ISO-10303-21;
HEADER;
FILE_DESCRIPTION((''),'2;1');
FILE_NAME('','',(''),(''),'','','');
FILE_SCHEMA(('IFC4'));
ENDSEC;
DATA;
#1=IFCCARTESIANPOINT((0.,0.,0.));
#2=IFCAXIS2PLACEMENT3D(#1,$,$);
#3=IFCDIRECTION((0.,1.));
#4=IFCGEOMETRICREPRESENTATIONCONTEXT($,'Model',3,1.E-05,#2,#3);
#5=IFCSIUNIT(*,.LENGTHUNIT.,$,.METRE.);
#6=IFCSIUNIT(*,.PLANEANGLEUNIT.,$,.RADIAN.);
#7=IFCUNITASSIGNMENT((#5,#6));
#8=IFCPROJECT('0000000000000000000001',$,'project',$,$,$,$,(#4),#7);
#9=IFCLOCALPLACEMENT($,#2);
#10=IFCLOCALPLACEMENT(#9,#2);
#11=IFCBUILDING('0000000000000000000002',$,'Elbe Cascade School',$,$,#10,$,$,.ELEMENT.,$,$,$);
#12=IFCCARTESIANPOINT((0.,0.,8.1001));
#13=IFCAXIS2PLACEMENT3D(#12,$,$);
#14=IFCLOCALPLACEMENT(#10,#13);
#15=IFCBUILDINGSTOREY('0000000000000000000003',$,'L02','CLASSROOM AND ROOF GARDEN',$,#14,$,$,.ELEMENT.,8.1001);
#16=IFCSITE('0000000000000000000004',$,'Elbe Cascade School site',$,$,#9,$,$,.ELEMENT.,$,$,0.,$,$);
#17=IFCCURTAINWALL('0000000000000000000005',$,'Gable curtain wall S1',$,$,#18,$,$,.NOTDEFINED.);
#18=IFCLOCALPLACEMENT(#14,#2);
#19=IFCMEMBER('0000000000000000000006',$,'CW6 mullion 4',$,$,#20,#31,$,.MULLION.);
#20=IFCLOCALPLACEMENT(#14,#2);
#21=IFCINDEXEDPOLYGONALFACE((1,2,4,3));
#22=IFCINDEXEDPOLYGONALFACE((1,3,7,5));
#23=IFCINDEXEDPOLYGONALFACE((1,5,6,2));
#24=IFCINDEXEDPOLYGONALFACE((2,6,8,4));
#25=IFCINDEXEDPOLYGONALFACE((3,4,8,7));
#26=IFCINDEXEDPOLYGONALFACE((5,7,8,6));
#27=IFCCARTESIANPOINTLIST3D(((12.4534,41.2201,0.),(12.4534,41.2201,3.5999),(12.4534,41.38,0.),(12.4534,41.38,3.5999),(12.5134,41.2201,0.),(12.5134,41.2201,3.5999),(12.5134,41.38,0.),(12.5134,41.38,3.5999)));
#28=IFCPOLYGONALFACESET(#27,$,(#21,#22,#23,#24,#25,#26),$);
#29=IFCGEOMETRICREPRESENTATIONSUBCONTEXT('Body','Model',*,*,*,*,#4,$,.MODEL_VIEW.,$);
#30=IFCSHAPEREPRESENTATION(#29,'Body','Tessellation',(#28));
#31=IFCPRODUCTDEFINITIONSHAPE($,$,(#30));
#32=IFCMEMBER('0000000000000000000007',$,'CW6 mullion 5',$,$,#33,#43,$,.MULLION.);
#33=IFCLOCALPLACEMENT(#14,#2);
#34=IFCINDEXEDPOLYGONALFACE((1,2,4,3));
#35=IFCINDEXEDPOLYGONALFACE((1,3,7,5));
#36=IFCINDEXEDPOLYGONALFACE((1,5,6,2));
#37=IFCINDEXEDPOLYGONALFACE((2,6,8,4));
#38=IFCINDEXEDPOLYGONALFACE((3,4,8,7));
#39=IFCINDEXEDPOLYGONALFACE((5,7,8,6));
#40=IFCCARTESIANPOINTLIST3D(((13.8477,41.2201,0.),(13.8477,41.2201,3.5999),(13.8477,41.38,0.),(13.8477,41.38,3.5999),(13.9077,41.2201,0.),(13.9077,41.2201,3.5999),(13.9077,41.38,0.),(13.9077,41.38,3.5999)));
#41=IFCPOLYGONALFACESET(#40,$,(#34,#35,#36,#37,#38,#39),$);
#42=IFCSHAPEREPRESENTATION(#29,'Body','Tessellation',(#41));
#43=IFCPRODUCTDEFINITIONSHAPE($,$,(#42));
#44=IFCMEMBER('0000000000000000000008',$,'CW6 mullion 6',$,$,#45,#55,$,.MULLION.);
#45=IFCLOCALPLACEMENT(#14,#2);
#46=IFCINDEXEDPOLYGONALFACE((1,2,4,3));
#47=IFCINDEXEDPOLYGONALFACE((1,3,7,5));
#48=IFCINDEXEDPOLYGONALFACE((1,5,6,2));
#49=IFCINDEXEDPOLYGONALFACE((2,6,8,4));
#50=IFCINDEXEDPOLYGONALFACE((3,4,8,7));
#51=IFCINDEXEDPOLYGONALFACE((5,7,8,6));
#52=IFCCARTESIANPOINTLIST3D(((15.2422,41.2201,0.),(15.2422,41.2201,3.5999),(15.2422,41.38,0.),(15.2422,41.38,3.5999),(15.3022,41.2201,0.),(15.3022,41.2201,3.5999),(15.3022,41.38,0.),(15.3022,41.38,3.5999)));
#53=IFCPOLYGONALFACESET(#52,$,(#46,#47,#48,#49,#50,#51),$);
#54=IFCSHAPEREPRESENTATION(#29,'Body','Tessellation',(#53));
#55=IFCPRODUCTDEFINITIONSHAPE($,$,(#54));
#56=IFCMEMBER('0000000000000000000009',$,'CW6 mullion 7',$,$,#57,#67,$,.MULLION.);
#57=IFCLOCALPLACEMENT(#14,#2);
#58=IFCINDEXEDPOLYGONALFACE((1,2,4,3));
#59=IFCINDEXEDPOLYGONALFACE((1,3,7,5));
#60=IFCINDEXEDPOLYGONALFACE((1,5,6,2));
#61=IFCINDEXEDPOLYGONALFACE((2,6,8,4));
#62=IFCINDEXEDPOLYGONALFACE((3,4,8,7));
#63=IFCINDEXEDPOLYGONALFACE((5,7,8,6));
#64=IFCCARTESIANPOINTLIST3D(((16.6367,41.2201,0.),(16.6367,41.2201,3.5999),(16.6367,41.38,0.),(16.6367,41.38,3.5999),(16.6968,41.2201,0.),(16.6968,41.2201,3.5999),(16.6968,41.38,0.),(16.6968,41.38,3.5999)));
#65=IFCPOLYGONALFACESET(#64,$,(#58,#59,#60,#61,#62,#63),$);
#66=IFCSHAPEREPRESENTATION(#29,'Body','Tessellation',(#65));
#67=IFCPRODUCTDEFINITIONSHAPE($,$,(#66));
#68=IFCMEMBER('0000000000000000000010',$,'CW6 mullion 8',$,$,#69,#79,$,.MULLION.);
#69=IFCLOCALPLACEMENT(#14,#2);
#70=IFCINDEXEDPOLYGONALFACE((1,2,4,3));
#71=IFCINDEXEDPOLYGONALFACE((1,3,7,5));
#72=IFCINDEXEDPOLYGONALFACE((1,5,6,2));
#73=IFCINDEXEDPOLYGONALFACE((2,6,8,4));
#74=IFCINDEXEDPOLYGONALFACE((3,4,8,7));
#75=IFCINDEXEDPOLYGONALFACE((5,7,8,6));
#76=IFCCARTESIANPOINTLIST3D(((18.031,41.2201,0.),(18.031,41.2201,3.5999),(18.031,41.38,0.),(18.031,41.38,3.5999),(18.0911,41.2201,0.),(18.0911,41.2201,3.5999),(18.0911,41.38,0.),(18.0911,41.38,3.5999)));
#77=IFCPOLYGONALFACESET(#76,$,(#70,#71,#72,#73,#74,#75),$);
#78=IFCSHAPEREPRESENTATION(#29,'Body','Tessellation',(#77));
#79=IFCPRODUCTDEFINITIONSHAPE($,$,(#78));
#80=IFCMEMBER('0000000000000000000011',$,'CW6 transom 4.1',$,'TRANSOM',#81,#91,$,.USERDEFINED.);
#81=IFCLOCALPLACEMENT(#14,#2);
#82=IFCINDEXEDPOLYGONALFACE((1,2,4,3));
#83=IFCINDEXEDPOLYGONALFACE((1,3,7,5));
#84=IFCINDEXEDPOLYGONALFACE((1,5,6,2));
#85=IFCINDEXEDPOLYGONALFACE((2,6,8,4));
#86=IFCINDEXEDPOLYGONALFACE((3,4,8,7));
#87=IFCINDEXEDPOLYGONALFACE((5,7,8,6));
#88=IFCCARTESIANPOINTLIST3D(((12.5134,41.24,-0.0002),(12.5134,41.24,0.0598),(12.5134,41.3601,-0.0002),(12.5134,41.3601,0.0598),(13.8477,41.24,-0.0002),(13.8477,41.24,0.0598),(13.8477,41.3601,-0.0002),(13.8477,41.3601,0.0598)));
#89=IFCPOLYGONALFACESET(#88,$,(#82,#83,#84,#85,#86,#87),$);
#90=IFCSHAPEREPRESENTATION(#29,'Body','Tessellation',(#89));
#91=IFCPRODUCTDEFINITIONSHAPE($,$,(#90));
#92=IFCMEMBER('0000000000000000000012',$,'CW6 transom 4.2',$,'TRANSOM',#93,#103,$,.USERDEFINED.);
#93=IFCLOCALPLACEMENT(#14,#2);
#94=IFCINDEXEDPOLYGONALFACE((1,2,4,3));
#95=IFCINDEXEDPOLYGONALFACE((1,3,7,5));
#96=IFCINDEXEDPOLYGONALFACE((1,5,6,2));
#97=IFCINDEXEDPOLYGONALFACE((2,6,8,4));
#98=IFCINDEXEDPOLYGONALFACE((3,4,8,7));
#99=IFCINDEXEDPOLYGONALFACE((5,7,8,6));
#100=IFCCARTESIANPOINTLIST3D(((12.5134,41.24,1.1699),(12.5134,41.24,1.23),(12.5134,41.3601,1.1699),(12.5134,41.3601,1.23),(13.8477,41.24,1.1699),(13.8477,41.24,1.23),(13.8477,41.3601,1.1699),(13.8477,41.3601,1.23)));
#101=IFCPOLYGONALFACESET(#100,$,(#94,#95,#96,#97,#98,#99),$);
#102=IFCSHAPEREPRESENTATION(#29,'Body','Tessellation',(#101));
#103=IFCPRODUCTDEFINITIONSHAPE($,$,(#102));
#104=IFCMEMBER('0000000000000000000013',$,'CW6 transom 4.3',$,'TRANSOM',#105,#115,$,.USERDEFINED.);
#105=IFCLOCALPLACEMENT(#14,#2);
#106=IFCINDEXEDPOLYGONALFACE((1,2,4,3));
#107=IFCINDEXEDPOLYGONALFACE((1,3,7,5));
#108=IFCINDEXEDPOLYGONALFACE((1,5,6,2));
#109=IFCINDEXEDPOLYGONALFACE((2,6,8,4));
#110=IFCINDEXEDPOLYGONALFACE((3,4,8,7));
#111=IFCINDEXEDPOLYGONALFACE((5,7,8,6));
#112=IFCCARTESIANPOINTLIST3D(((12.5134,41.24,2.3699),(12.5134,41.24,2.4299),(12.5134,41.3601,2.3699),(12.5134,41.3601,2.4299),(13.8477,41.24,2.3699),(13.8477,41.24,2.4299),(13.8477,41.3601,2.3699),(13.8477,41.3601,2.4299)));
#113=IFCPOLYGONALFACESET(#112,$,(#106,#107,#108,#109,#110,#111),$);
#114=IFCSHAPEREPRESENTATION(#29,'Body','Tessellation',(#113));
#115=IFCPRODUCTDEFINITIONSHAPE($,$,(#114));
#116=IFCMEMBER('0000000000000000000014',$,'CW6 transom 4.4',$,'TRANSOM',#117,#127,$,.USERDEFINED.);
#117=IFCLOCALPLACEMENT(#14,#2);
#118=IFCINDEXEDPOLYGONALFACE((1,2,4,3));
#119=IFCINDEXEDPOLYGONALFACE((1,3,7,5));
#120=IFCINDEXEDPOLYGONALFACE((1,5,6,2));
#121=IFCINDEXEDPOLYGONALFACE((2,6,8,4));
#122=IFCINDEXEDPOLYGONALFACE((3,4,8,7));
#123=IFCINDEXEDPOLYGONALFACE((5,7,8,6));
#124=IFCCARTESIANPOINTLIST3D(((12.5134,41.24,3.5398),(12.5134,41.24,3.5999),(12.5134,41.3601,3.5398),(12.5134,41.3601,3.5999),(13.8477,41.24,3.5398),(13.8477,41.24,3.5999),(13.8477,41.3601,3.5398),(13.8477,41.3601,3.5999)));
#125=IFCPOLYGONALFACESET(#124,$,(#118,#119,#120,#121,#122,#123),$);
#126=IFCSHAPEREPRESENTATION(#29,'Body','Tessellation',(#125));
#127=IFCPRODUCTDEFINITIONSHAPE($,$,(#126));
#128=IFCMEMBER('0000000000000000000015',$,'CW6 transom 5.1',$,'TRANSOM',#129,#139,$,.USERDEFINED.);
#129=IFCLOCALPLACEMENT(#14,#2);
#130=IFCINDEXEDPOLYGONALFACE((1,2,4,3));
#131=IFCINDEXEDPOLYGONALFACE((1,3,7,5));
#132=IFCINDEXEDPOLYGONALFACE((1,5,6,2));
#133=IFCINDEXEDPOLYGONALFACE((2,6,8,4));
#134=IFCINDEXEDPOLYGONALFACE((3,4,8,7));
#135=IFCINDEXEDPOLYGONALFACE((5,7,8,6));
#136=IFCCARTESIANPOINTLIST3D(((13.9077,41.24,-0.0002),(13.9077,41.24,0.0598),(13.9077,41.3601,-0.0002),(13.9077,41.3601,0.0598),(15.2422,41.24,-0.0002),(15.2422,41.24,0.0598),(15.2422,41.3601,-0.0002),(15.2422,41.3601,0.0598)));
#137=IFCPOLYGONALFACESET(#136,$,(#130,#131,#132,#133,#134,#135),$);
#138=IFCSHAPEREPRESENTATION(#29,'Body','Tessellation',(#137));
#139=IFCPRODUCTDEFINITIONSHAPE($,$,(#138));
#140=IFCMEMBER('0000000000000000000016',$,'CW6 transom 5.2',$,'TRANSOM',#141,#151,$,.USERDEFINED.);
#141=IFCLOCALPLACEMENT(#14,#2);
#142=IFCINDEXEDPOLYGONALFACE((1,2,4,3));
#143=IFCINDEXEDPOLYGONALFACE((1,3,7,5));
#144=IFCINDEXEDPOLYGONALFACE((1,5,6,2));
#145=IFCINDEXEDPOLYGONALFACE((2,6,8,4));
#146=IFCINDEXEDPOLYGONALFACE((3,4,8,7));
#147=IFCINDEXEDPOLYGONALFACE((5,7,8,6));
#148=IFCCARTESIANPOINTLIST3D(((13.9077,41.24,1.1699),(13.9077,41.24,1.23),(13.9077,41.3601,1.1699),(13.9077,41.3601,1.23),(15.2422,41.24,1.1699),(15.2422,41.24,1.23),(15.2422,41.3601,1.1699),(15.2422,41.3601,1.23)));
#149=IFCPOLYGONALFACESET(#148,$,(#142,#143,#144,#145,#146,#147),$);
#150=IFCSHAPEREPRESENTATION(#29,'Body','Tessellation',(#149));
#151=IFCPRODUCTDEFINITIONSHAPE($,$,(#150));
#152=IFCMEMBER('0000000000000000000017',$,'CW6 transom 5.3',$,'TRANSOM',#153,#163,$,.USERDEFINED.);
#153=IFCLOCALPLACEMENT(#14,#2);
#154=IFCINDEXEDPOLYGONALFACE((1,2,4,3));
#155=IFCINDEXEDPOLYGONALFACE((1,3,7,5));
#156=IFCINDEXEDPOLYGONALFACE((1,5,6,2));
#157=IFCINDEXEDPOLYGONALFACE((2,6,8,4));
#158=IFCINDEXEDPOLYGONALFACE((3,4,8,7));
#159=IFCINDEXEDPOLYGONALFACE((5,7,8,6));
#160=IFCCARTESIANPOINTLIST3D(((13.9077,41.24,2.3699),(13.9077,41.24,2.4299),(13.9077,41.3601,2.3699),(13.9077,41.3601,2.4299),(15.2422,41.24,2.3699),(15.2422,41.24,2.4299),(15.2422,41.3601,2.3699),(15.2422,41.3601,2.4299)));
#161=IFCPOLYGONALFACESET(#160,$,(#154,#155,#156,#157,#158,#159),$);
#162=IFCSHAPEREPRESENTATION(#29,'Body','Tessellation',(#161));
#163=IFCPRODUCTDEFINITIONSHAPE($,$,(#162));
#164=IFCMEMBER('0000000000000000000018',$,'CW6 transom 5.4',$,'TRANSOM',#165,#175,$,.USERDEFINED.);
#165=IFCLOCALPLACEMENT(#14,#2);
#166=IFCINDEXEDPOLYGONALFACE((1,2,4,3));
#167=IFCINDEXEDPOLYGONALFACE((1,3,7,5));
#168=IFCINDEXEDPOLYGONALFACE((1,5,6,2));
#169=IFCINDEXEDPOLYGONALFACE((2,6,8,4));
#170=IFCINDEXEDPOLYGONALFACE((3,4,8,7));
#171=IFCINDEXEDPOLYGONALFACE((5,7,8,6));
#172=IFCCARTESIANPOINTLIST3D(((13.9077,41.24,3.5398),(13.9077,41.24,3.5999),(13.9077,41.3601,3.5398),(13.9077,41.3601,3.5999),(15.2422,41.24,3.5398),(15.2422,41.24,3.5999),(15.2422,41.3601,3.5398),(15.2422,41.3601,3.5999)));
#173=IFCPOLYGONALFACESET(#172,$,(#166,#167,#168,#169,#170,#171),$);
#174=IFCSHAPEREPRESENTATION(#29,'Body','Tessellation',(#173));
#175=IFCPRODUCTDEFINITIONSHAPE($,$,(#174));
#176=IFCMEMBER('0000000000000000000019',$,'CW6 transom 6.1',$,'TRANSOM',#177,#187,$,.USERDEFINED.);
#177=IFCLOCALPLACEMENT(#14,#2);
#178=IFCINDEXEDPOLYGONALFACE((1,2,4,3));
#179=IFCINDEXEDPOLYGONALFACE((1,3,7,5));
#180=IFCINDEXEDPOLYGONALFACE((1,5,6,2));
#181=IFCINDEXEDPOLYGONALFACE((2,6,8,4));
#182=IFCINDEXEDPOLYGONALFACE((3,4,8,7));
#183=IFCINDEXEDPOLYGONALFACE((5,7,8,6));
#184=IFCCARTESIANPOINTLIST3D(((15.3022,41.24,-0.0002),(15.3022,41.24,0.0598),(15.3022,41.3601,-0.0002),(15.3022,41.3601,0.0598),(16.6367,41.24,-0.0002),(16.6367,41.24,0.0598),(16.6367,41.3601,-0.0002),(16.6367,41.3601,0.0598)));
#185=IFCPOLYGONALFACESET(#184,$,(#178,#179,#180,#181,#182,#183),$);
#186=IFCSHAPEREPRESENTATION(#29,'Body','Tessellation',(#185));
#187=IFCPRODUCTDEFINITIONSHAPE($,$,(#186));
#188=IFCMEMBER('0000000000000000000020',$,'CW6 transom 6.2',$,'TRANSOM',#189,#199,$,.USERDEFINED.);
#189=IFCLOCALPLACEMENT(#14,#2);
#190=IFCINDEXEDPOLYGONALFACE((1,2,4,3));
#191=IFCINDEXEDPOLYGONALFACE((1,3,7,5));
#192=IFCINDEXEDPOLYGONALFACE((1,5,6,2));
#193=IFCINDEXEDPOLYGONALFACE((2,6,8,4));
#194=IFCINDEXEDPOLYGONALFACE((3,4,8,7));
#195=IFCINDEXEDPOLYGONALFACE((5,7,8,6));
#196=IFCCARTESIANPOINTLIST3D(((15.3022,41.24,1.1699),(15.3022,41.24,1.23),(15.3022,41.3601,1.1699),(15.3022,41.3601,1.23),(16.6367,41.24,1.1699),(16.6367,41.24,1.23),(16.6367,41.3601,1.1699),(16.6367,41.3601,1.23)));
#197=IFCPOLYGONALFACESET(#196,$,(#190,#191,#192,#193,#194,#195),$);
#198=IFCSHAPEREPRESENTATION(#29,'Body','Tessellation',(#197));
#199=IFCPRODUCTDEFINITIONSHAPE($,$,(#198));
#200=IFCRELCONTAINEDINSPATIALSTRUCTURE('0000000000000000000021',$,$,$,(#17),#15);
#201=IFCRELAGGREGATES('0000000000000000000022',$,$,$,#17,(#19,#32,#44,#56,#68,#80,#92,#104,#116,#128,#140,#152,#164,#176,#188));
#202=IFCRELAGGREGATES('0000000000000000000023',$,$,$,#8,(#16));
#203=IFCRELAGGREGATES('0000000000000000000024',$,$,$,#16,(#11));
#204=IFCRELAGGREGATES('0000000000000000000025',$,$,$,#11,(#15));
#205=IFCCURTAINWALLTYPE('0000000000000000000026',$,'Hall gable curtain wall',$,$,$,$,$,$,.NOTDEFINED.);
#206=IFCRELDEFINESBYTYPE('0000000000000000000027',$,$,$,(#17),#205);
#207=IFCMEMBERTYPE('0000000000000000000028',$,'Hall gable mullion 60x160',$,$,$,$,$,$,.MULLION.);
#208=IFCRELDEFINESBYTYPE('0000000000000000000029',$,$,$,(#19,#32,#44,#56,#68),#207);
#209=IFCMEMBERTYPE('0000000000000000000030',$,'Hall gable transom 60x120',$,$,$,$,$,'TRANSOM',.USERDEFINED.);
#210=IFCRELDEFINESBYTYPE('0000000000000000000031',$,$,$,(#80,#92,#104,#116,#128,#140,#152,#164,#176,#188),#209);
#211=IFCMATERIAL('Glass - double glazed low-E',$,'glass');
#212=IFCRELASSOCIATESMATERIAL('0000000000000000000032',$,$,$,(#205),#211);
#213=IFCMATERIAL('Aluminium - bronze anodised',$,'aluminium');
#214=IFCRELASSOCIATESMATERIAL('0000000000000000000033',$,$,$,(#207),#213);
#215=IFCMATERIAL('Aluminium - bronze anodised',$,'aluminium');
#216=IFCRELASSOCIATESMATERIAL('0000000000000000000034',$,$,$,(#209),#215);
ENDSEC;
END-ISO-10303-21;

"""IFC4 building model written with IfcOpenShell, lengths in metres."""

from ifc_helpers import new_model, si_unit, direction, frame, origin, origin_2d, place, context, subcontext, project, spatial, rectangle, extrude, material, material_profile, profile_set, type_object, element, aggregate, save


model = new_model("IFC4")

# Units and contexts
model_context = context("Model", 3, precision=1e-05, world=origin(), true_north=direction((0.0, 1.0)))
body_context = subcontext(model_context, "Body", "Model", "MODEL_VIEW")
ifc_project = project(units=[si_unit("LENGTHUNIT", "METRE"), si_unit("PLANEANGLEUNIT", "RADIAN")], contexts=[model_context])

# Site, building, storey
site_placement = place(None, origin())
site = spatial("IfcSite", under=ifc_project, at=site_placement, Name="Elbe Cascade School site", CompositionType="ELEMENT", RefElevation=0.0)
building_placement = place(site_placement, origin())
building = spatial("IfcBuilding", under=site, at=building_placement, Name="Elbe Cascade School", CompositionType="ELEMENT")
storey_placement = place(building_placement, frame((0.0, 0.0, 8.1001)))
storey = spatial("IfcBuildingStorey", under=building, at=storey_placement, Name="L02", Description="CLASSROOM AND ROOF GARDEN", CompositionType="ELEMENT", Elevation=8.1001)

# Curtain wall, members
ifc_material_1 = material(Name="Glass - double glazed low-E", Category="glass")
curtain_wall_type = type_object("IfcCurtainWallType", Name="Hall gable curtain wall", PredefinedType="NOTDEFINED", material=ifc_material_1)
curtain_wall_placement = place(storey_placement, origin())
curtain_wall = element("IfcCurtainWall", 1, at=curtain_wall_placement, inside=storey, type_object=curtain_wall_type, Name="Gable curtain wall S1", PredefinedType="NOTDEFINED")
ifc_material_2 = material(Name="Aluminium - bronze anodised", Category="aluminium")
ifc_material_profile_1 = material_profile(ifc_material_2, rectangle(XDim=0.1599, YDim=0.0601, at=origin_2d()), Name="Alu 60x160")
ifc_profile_set_1 = profile_set([ifc_material_profile_1], Name="Aluminium - bronze anodised")
member_type_1 = type_object("IfcMemberType", Name="Hall gable mullion 60x160", PredefinedType="MULLION", material=ifc_profile_set_1)
member_1_placement = place(storey_placement, frame((12.4834, 41.3, 0.0), z_axis=(0.0, 0.0, 1.0), x_axis=(0.0, 1.0, 0.0)))
member_1 = element("IfcMember", 2, at=member_1_placement, type_object=member_type_1, Name="CW6 mullion 4", PredefinedType="MULLION", context=body_context, shape_type="SweptSolid", body=[
    extrude(rectangle(XDim=0.1599, YDim=0.0601, at=origin_2d()), origin(), (0.0, 0.0, 1.0), 3.5999),
])
member_2_placement = place(storey_placement, frame((13.8777, 41.3, 0.0), z_axis=(0.0, 0.0, 1.0), x_axis=(0.0, 1.0, 0.0)))
member_2 = element("IfcMember", 3, at=member_2_placement, type_object=member_type_1, Name="CW6 mullion 5", PredefinedType="MULLION", context=body_context, shape_type="SweptSolid", body=[
    extrude(rectangle(XDim=0.1599, YDim=0.0601, at=origin_2d()), origin(), (0.0, 0.0, 1.0), 3.5999),
])
member_3_placement = place(storey_placement, frame((15.2722, 41.3, 0.0), z_axis=(0.0, 0.0, 1.0), x_axis=(0.0, 1.0, 0.0)))
member_3 = element("IfcMember", 4, at=member_3_placement, type_object=member_type_1, Name="CW6 mullion 6", PredefinedType="MULLION", context=body_context, shape_type="SweptSolid", body=[
    extrude(rectangle(XDim=0.1599, YDim=0.0601, at=origin_2d()), origin(), (0.0, 0.0, 1.0), 3.5999),
])
member_4_placement = place(storey_placement, frame((16.6667, 41.3, 0.0), z_axis=(0.0, 0.0, 1.0), x_axis=(0.0, 1.0, 0.0)))
member_4 = element("IfcMember", 5, at=member_4_placement, type_object=member_type_1, Name="CW6 mullion 7", PredefinedType="MULLION", context=body_context, shape_type="SweptSolid", body=[
    extrude(rectangle(XDim=0.1599, YDim=0.0601, at=origin_2d()), origin(), (0.0, 0.0, 1.0), 3.5999),
])
member_5_placement = place(storey_placement, frame((18.061, 41.3, 0.0), z_axis=(0.0, 0.0, 1.0), x_axis=(0.0, 1.0, 0.0)))
member_5 = element("IfcMember", 6, at=member_5_placement, type_object=member_type_1, Name="CW6 mullion 8", PredefinedType="MULLION", context=body_context, shape_type="SweptSolid", body=[
    extrude(rectangle(XDim=0.1599, YDim=0.0601, at=origin_2d()), origin(), (0.0, 0.0, 1.0), 3.5999),
])
ifc_material_3 = material(Name="Aluminium - bronze anodised", Category="aluminium")
ifc_material_profile_2 = material_profile(ifc_material_3, rectangle(XDim=0.1201, YDim=0.0601, at=origin_2d()), Name="Alu 60x120")
ifc_profile_set_2 = profile_set([ifc_material_profile_2], Name="Aluminium - bronze anodised")
member_type_2 = type_object("IfcMemberType", Name="Hall gable transom 60x120", ElementType="TRANSOM", PredefinedType="USERDEFINED", material=ifc_profile_set_2)
member_6_placement = place(storey_placement, frame((12.5134, 41.3, 0.0298), z_axis=(1.0, 0.0, 0.0), x_axis=(0.0, 1.0, 0.0)))
member_6 = element("IfcMember", 7, at=member_6_placement, type_object=member_type_2, Name="CW6 transom 4.1", ObjectType="TRANSOM", PredefinedType="USERDEFINED", context=body_context, shape_type="SweptSolid", body=[
    extrude(rectangle(XDim=0.1201, YDim=0.0601, at=origin_2d()), origin(), (0.0, 0.0, 1.0), 1.3342),
])
member_7_placement = place(storey_placement, frame((12.5134, 41.3, 1.2), z_axis=(1.0, 0.0, 0.0), x_axis=(0.0, 1.0, 0.0)))
member_7 = element("IfcMember", 8, at=member_7_placement, type_object=member_type_2, Name="CW6 transom 4.2", ObjectType="TRANSOM", PredefinedType="USERDEFINED", context=body_context, shape_type="SweptSolid", body=[
    extrude(rectangle(XDim=0.1201, YDim=0.0601, at=origin_2d()), origin(), (0.0, 0.0, 1.0), 1.3342),
])
member_8_placement = place(storey_placement, frame((12.5134, 41.3, 2.3999), z_axis=(1.0, 0.0, 0.0), x_axis=(0.0, 1.0, 0.0)))
member_8 = element("IfcMember", 9, at=member_8_placement, type_object=member_type_2, Name="CW6 transom 4.3", ObjectType="TRANSOM", PredefinedType="USERDEFINED", context=body_context, shape_type="SweptSolid", body=[
    extrude(rectangle(XDim=0.1201, YDim=0.0601, at=origin_2d()), origin(), (0.0, 0.0, 1.0), 1.3342),
])
member_9_placement = place(storey_placement, frame((12.5134, 41.3, 3.5698), z_axis=(1.0, 0.0, 0.0), x_axis=(0.0, 1.0, 0.0)))
member_9 = element("IfcMember", 10, at=member_9_placement, type_object=member_type_2, Name="CW6 transom 4.4", ObjectType="TRANSOM", PredefinedType="USERDEFINED", context=body_context, shape_type="SweptSolid", body=[
    extrude(rectangle(XDim=0.1201, YDim=0.0601, at=origin_2d()), origin(), (0.0, 0.0, 1.0), 1.3342),
])
member_10_placement = place(storey_placement, frame((13.9077, 41.3, 0.0298), z_axis=(1.0, 0.0, 0.0), x_axis=(0.0, 1.0, 0.0)))
member_10 = element("IfcMember", 11, at=member_10_placement, type_object=member_type_2, Name="CW6 transom 5.1", ObjectType="TRANSOM", PredefinedType="USERDEFINED", context=body_context, shape_type="SweptSolid", body=[
    extrude(rectangle(XDim=0.1201, YDim=0.0601, at=origin_2d()), origin(), (0.0, 0.0, 1.0), 1.3345),
])
member_11_placement = place(storey_placement, frame((13.9077, 41.3, 1.2), z_axis=(1.0, 0.0, 0.0), x_axis=(0.0, 1.0, 0.0)))
member_11 = element("IfcMember", 12, at=member_11_placement, type_object=member_type_2, Name="CW6 transom 5.2", ObjectType="TRANSOM", PredefinedType="USERDEFINED", context=body_context, shape_type="SweptSolid", body=[
    extrude(rectangle(XDim=0.1201, YDim=0.0601, at=origin_2d()), origin(), (0.0, 0.0, 1.0), 1.3345),
])
member_12_placement = place(storey_placement, frame((13.9077, 41.3, 2.3999), z_axis=(1.0, 0.0, 0.0), x_axis=(0.0, 1.0, 0.0)))
member_12 = element("IfcMember", 13, at=member_12_placement, type_object=member_type_2, Name="CW6 transom 5.3", ObjectType="TRANSOM", PredefinedType="USERDEFINED", context=body_context, shape_type="SweptSolid", body=[
    extrude(rectangle(XDim=0.1201, YDim=0.0601, at=origin_2d()), origin(), (0.0, 0.0, 1.0), 1.3345),
])
member_13_placement = place(storey_placement, frame((13.9077, 41.3, 3.5698), z_axis=(1.0, 0.0, 0.0), x_axis=(0.0, 1.0, 0.0)))
member_13 = element("IfcMember", 14, at=member_13_placement, type_object=member_type_2, Name="CW6 transom 5.4", ObjectType="TRANSOM", PredefinedType="USERDEFINED", context=body_context, shape_type="SweptSolid", body=[
    extrude(rectangle(XDim=0.1201, YDim=0.0601, at=origin_2d()), origin(), (0.0, 0.0, 1.0), 1.3345),
])
member_14_placement = place(storey_placement, frame((15.3022, 41.3, 0.0298), z_axis=(1.0, 0.0, 0.0), x_axis=(0.0, 1.0, 0.0)))
member_14 = element("IfcMember", 15, at=member_14_placement, type_object=member_type_2, Name="CW6 transom 6.1", ObjectType="TRANSOM", PredefinedType="USERDEFINED", context=body_context, shape_type="SweptSolid", body=[
    extrude(rectangle(XDim=0.1201, YDim=0.0601, at=origin_2d()), origin(), (0.0, 0.0, 1.0), 1.3345),
])
member_15_placement = place(storey_placement, frame((15.3022, 41.3, 1.2), z_axis=(1.0, 0.0, 0.0), x_axis=(0.0, 1.0, 0.0)))
member_15 = element("IfcMember", 16, at=member_15_placement, type_object=member_type_2, Name="CW6 transom 6.2", ObjectType="TRANSOM", PredefinedType="USERDEFINED", context=body_context, shape_type="SweptSolid", body=[
    extrude(rectangle(XDim=0.1201, YDim=0.0601, at=origin_2d()), origin(), (0.0, 0.0, 1.0), 1.3345),
])
aggregate(curtain_wall, [member_1, member_2, member_3, member_4, member_5, member_6, member_7, member_8, member_9, member_10, member_11, member_12, member_13, member_14, member_15])

save(model, "model.ifc")
